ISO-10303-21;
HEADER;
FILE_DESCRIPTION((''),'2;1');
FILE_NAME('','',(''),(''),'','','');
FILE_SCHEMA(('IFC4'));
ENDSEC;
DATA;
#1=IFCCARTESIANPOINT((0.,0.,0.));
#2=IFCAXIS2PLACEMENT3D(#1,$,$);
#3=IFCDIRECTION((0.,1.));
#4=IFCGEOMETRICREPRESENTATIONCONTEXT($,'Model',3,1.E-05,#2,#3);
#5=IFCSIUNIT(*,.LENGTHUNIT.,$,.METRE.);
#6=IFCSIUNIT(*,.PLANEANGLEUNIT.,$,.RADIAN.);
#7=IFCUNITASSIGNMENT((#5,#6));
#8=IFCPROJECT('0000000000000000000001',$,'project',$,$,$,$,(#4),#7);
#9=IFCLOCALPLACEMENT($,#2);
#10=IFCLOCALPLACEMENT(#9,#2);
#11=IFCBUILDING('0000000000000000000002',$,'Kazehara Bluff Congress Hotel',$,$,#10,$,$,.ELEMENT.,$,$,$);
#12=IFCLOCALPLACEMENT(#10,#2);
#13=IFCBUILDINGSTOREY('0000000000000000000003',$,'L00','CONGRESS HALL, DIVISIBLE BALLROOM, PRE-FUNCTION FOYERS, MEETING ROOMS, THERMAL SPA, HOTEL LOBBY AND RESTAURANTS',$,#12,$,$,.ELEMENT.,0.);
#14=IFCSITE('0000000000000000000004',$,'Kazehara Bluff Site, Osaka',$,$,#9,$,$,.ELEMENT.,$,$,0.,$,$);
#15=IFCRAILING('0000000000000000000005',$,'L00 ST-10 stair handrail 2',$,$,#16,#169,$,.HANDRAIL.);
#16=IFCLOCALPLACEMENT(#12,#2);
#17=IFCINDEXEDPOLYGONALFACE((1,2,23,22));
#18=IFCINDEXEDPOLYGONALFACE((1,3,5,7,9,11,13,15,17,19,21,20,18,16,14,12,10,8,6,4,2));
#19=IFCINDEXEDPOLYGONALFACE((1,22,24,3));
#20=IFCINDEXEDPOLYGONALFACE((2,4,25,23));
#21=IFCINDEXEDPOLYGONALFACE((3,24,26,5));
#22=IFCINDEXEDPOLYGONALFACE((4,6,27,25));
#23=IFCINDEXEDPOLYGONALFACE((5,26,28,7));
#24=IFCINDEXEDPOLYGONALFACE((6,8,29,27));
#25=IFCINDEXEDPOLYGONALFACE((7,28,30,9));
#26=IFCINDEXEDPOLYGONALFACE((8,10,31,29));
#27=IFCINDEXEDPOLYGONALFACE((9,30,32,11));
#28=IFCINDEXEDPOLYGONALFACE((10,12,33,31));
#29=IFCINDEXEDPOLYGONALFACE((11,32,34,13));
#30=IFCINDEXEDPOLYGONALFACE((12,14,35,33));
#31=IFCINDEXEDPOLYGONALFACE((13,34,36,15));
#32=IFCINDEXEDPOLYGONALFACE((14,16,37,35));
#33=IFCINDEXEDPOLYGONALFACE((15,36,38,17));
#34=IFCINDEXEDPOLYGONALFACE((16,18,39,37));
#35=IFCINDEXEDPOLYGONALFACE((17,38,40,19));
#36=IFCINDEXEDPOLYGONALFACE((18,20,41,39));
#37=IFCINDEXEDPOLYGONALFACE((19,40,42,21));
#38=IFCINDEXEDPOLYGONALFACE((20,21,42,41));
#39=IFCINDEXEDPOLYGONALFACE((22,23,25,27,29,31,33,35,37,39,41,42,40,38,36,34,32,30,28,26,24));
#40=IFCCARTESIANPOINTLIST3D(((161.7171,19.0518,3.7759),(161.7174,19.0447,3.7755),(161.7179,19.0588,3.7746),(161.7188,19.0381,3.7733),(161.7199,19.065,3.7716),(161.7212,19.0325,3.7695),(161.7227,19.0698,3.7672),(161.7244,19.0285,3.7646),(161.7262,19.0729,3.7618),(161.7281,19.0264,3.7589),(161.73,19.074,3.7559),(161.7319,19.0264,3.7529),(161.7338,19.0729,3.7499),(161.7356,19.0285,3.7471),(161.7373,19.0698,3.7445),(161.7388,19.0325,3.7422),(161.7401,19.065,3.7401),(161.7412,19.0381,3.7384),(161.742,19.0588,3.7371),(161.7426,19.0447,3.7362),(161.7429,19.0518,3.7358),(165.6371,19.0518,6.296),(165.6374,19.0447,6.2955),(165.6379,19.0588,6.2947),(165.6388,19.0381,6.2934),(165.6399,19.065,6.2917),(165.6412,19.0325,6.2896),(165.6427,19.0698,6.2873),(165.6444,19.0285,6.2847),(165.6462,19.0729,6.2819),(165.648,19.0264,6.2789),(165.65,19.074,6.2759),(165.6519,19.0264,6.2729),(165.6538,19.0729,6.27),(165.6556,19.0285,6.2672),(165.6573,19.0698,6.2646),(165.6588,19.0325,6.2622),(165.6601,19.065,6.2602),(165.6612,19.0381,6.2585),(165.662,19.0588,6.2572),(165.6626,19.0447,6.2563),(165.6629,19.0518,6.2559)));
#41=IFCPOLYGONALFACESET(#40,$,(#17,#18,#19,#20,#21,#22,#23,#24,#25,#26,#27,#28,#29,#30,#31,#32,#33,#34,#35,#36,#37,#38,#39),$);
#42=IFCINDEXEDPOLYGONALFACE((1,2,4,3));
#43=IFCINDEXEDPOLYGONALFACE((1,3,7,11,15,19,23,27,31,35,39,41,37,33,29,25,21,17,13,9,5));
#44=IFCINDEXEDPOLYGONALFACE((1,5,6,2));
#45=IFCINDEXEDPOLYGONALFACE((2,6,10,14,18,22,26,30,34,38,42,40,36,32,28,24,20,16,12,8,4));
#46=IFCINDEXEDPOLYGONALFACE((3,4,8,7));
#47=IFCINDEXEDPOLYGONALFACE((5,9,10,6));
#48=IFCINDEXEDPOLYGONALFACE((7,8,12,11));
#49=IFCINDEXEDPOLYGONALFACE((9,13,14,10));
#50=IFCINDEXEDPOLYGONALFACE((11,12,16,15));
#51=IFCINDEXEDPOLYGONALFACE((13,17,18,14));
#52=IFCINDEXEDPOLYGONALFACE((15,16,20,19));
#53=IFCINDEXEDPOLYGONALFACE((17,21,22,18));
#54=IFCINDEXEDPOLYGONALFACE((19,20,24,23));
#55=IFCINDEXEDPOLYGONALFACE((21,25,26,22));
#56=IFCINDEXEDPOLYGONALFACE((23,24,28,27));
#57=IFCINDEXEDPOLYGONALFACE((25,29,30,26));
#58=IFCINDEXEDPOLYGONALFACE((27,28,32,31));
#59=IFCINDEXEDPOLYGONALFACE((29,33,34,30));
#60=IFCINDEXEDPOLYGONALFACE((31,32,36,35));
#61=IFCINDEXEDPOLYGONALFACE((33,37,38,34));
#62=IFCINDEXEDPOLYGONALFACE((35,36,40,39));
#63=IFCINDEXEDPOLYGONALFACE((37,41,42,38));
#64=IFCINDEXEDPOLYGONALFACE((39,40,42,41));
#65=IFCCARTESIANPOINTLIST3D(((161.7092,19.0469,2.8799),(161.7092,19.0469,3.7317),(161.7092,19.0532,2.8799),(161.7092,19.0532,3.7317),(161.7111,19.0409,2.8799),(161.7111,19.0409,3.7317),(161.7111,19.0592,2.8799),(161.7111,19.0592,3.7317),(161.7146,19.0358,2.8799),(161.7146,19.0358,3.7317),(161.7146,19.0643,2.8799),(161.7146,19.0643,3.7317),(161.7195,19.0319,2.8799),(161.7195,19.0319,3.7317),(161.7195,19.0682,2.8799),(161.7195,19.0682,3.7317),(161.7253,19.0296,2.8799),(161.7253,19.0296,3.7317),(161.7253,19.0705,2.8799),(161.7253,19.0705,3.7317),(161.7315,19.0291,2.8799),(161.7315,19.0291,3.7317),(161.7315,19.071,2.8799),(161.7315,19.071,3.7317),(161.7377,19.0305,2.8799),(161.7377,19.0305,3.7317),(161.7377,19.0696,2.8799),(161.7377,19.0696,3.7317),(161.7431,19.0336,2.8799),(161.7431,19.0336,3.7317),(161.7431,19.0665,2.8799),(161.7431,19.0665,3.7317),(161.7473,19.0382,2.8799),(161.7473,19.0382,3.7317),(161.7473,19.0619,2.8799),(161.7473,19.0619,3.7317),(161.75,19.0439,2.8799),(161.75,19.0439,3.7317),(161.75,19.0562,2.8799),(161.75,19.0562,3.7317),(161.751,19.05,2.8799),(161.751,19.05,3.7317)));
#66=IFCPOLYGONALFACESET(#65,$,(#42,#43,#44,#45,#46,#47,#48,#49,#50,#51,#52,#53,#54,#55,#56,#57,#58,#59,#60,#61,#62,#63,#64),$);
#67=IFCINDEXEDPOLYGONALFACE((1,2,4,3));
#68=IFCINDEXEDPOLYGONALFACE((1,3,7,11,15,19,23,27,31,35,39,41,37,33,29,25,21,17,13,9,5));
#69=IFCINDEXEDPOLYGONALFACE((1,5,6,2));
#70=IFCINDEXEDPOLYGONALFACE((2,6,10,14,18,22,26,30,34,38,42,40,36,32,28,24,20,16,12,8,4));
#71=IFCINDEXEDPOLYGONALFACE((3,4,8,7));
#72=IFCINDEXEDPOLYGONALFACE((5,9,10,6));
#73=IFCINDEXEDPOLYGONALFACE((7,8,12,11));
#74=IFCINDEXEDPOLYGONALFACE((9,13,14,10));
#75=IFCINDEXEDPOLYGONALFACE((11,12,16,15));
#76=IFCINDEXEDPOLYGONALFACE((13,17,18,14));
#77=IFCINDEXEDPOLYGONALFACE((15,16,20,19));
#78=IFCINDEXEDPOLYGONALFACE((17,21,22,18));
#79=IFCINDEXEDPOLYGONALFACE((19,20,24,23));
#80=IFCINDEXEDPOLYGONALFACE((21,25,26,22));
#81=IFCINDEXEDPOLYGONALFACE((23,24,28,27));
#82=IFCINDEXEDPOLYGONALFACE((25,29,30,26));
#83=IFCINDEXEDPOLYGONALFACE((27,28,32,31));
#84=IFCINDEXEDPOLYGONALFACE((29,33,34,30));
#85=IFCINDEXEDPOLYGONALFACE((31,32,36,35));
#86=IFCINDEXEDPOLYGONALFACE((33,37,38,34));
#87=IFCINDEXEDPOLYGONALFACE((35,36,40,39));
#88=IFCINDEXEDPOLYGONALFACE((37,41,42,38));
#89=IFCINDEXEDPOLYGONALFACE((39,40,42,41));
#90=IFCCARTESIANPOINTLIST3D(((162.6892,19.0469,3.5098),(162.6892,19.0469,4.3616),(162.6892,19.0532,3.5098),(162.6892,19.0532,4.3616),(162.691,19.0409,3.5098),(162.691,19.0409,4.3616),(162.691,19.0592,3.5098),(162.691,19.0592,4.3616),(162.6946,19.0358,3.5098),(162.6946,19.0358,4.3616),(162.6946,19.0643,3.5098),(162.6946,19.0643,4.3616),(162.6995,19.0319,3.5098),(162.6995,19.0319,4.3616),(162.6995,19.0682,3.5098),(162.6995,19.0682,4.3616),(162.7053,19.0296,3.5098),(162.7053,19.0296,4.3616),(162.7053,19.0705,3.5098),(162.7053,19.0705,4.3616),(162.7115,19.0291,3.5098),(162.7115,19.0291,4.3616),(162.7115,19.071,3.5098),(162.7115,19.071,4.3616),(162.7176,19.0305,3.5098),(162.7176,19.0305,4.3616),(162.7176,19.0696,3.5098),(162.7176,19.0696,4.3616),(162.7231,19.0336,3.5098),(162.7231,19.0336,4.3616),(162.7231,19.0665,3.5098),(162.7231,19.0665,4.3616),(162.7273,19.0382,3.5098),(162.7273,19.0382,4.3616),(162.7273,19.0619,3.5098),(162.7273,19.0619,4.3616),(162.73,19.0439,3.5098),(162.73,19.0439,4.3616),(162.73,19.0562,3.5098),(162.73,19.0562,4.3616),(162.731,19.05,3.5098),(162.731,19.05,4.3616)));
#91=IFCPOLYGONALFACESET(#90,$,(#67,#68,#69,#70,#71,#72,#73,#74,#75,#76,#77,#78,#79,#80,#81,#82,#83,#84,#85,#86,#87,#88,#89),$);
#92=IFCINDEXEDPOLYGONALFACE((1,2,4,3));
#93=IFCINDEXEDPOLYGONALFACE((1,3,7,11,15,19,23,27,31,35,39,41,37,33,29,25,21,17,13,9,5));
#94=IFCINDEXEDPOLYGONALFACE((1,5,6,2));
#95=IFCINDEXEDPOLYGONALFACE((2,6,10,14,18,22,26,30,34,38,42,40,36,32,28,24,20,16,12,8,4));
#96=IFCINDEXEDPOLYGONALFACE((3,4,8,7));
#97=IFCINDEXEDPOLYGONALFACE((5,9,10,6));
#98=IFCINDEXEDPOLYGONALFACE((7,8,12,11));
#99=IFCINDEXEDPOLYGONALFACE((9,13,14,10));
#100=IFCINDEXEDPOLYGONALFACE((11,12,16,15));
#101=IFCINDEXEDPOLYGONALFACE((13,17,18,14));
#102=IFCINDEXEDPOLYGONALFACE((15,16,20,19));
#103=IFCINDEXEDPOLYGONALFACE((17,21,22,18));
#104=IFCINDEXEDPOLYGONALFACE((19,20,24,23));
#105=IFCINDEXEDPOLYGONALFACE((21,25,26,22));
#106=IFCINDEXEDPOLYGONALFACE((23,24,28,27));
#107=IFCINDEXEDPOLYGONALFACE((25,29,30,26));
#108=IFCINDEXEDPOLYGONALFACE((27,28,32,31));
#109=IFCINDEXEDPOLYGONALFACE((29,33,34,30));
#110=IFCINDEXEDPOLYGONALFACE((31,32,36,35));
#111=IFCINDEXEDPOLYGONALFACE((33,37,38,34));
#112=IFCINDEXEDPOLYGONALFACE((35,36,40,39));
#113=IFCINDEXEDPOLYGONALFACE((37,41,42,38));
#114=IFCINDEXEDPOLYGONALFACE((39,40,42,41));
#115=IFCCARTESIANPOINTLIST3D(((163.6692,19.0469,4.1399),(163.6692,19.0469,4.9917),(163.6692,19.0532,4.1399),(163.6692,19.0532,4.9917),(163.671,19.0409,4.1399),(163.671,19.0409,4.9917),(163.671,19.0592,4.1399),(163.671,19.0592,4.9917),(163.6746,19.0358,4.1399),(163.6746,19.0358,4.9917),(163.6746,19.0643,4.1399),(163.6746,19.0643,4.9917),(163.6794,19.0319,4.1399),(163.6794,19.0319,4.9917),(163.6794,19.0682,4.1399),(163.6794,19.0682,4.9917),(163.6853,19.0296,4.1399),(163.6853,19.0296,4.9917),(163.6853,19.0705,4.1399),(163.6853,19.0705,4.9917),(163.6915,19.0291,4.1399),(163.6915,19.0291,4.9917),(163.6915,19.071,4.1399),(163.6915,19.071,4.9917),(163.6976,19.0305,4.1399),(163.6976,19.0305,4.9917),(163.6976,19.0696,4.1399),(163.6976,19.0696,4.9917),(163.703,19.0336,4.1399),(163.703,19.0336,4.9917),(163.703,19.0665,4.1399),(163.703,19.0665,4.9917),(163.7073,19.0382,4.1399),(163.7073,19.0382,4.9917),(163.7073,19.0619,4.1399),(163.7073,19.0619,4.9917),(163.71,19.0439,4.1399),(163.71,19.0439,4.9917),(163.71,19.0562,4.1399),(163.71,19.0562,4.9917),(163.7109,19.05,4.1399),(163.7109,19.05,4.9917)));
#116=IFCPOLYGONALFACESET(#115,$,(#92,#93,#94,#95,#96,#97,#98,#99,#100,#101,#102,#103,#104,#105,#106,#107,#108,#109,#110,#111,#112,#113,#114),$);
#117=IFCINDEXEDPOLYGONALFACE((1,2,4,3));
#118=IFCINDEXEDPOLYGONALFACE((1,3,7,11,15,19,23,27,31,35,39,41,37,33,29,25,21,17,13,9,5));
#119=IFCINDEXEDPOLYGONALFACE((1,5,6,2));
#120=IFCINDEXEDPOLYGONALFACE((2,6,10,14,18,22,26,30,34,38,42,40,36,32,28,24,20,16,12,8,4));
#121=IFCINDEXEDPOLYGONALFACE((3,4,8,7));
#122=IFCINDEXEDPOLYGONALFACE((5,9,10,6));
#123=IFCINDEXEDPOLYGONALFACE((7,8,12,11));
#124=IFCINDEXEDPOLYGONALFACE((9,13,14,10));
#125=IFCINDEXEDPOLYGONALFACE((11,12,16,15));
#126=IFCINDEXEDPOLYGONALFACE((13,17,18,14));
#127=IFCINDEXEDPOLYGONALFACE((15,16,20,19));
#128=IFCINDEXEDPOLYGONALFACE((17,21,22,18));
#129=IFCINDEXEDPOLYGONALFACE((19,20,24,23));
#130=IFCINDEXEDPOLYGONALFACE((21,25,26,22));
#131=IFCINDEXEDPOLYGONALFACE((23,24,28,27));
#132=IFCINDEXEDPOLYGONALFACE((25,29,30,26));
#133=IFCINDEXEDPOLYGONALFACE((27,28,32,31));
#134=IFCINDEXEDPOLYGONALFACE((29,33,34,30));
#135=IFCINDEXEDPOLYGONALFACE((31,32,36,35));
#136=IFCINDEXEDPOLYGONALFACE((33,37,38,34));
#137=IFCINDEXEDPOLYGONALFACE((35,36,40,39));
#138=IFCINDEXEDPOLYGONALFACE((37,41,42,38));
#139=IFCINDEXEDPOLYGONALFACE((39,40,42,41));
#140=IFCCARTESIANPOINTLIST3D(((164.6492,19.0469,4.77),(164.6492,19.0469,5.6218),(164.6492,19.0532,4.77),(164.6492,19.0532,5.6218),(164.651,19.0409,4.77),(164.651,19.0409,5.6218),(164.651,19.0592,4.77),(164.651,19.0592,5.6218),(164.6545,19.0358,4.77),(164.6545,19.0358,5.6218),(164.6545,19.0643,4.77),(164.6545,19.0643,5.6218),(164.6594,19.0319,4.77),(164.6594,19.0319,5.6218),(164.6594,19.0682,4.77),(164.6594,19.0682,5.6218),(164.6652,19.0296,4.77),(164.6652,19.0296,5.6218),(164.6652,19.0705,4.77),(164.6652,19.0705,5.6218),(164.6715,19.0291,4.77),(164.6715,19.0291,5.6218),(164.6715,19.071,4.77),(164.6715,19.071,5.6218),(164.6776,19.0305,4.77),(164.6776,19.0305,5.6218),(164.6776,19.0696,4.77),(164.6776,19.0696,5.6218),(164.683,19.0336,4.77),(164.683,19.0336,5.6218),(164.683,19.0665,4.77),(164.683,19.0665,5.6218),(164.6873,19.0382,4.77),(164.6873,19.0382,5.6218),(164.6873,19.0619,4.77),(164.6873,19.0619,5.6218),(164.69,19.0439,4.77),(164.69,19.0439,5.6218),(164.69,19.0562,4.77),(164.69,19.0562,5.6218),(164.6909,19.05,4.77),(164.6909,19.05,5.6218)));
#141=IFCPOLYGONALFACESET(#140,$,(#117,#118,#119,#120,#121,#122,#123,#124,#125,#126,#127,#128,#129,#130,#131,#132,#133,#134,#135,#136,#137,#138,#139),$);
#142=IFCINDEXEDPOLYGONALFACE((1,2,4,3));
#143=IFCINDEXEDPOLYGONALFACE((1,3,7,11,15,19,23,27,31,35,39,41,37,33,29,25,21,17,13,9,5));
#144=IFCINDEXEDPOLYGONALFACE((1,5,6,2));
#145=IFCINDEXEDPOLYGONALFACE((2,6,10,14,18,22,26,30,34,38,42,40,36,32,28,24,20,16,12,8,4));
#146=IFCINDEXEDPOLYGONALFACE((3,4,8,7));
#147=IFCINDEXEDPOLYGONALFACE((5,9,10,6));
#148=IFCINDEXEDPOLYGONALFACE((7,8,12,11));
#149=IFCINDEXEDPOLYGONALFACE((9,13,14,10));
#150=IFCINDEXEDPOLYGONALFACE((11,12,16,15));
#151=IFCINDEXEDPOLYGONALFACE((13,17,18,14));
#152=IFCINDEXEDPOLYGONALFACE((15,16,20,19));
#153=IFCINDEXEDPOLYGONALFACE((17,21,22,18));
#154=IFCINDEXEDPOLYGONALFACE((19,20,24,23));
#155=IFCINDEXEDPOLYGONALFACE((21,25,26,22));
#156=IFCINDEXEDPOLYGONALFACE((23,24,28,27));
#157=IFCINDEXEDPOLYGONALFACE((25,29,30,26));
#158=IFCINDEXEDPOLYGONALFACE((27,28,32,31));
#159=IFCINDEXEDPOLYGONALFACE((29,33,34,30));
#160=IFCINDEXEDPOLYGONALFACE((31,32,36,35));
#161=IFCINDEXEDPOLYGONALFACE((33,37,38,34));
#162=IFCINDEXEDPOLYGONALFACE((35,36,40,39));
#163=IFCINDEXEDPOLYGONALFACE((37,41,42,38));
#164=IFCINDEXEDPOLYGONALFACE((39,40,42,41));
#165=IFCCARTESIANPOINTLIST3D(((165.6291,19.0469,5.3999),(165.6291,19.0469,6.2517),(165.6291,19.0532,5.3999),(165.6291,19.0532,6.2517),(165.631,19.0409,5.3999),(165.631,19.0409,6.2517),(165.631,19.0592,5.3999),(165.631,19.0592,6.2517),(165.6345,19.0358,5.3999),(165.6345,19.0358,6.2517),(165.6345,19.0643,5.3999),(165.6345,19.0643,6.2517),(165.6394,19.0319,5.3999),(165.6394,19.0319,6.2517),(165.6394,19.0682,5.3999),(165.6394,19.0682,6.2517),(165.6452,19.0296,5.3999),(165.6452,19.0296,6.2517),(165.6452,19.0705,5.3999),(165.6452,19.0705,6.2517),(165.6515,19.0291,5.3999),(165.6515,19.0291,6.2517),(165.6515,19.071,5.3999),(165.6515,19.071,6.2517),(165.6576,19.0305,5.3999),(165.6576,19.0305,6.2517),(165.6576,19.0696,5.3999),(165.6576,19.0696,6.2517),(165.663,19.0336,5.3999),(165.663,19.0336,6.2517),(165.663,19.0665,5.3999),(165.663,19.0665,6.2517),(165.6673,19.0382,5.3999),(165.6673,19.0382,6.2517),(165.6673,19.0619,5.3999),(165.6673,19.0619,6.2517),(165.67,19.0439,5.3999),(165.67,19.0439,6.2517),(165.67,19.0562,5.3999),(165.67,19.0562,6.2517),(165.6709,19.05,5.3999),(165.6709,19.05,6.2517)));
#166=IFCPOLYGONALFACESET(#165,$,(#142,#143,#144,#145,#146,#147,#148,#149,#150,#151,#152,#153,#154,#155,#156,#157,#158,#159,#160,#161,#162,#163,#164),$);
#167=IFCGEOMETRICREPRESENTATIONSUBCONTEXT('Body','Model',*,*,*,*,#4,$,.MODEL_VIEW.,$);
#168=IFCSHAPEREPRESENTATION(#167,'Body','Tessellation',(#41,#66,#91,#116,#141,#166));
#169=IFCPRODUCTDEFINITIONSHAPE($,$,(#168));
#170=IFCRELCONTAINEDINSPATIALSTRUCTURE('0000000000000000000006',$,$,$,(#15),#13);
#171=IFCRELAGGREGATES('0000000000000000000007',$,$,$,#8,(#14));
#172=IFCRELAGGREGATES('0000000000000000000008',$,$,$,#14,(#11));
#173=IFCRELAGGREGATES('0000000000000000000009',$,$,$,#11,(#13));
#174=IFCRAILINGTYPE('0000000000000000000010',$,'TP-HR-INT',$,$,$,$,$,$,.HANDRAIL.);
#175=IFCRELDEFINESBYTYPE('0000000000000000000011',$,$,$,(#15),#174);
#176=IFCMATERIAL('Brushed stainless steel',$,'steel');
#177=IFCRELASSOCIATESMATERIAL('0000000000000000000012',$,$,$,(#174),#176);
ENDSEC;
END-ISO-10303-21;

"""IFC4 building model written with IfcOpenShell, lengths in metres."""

from ifc_helpers import new_model, si_unit, direction, frame, origin, origin_2d, place, context, subcontext, project, spatial, circle, extrude, material, type_object, element, save


model = new_model("IFC4")

# Units and contexts
model_context = context("Model", 3, precision=1e-05, world=origin(), true_north=direction((0.0, 1.0)))
body_context = subcontext(model_context, "Body", "Model", "MODEL_VIEW")
ifc_project = project(units=[si_unit("LENGTHUNIT", "METRE"), si_unit("PLANEANGLEUNIT", "RADIAN")], contexts=[model_context])

# Site, building, storey
site_placement = place(None, origin())
site = spatial("IfcSite", under=ifc_project, at=site_placement, Name="Kazehara Bluff Site, Osaka", CompositionType="ELEMENT", RefElevation=0.0)
building_placement = place(site_placement, origin())
building = spatial("IfcBuilding", under=site, at=building_placement, Name="Kazehara Bluff Congress Hotel", CompositionType="ELEMENT")
storey_placement = place(building_placement, origin())
storey = spatial("IfcBuildingStorey", under=building, at=storey_placement, Name="L00", Description="CONGRESS HALL, DIVISIBLE BALLROOM, PRE-FUNCTION FOYERS, MEETING ROOMS, THERMAL SPA, HOTEL LOBBY AND RESTAURANTS", CompositionType="ELEMENT", Elevation=0.0)

# Railing
ifc_material_1 = material(Name="Brushed stainless steel", Category="steel")
railing_type_1 = type_object("IfcRailingType", Name="TP-HR-INT", PredefinedType="HANDRAIL", material=ifc_material_1)
railing_1_placement = place(storey_placement, frame((161.73, 19.05, 2.8799)))
element("IfcRailing", 1, at=railing_1_placement, inside=storey, type_object=railing_type_1, Name="L00 ST-10 stair handrail 2", PredefinedType="HANDRAIL", context=body_context, shape_type="SweptSolid", body=[
    extrude(circle(Radius=0.0239, at=origin_2d()), frame((0.0, 0.0, 0.876), z_axis=(0.841172, 0.0, 0.540768), x_axis=(0.0, 1.0, 0.0)), (0.0, 0.0, 1.0), 4.6602),
    extrude(circle(Radius=0.021, at=origin_2d()), origin(), (0.0, 0.0, 1.0), 0.8518),
    extrude(circle(Radius=0.021, at=origin_2d()), frame((0.98, 0.0, 0.6299)), (0.0, 0.0, 1.0), 0.8518),
    extrude(circle(Radius=0.021, at=origin_2d()), frame((1.96, 0.0, 1.26)), (0.0, 0.0, 1.0), 0.8518),
    extrude(circle(Radius=0.021, at=origin_2d()), frame((2.9399, 0.0, 1.8901)), (0.0, 0.0, 1.0), 0.8518),
    extrude(circle(Radius=0.021, at=origin_2d()), frame((3.9199, 0.0, 2.52)), (0.0, 0.0, 1.0), 0.8518),
])

save(model, "model.ifc")
